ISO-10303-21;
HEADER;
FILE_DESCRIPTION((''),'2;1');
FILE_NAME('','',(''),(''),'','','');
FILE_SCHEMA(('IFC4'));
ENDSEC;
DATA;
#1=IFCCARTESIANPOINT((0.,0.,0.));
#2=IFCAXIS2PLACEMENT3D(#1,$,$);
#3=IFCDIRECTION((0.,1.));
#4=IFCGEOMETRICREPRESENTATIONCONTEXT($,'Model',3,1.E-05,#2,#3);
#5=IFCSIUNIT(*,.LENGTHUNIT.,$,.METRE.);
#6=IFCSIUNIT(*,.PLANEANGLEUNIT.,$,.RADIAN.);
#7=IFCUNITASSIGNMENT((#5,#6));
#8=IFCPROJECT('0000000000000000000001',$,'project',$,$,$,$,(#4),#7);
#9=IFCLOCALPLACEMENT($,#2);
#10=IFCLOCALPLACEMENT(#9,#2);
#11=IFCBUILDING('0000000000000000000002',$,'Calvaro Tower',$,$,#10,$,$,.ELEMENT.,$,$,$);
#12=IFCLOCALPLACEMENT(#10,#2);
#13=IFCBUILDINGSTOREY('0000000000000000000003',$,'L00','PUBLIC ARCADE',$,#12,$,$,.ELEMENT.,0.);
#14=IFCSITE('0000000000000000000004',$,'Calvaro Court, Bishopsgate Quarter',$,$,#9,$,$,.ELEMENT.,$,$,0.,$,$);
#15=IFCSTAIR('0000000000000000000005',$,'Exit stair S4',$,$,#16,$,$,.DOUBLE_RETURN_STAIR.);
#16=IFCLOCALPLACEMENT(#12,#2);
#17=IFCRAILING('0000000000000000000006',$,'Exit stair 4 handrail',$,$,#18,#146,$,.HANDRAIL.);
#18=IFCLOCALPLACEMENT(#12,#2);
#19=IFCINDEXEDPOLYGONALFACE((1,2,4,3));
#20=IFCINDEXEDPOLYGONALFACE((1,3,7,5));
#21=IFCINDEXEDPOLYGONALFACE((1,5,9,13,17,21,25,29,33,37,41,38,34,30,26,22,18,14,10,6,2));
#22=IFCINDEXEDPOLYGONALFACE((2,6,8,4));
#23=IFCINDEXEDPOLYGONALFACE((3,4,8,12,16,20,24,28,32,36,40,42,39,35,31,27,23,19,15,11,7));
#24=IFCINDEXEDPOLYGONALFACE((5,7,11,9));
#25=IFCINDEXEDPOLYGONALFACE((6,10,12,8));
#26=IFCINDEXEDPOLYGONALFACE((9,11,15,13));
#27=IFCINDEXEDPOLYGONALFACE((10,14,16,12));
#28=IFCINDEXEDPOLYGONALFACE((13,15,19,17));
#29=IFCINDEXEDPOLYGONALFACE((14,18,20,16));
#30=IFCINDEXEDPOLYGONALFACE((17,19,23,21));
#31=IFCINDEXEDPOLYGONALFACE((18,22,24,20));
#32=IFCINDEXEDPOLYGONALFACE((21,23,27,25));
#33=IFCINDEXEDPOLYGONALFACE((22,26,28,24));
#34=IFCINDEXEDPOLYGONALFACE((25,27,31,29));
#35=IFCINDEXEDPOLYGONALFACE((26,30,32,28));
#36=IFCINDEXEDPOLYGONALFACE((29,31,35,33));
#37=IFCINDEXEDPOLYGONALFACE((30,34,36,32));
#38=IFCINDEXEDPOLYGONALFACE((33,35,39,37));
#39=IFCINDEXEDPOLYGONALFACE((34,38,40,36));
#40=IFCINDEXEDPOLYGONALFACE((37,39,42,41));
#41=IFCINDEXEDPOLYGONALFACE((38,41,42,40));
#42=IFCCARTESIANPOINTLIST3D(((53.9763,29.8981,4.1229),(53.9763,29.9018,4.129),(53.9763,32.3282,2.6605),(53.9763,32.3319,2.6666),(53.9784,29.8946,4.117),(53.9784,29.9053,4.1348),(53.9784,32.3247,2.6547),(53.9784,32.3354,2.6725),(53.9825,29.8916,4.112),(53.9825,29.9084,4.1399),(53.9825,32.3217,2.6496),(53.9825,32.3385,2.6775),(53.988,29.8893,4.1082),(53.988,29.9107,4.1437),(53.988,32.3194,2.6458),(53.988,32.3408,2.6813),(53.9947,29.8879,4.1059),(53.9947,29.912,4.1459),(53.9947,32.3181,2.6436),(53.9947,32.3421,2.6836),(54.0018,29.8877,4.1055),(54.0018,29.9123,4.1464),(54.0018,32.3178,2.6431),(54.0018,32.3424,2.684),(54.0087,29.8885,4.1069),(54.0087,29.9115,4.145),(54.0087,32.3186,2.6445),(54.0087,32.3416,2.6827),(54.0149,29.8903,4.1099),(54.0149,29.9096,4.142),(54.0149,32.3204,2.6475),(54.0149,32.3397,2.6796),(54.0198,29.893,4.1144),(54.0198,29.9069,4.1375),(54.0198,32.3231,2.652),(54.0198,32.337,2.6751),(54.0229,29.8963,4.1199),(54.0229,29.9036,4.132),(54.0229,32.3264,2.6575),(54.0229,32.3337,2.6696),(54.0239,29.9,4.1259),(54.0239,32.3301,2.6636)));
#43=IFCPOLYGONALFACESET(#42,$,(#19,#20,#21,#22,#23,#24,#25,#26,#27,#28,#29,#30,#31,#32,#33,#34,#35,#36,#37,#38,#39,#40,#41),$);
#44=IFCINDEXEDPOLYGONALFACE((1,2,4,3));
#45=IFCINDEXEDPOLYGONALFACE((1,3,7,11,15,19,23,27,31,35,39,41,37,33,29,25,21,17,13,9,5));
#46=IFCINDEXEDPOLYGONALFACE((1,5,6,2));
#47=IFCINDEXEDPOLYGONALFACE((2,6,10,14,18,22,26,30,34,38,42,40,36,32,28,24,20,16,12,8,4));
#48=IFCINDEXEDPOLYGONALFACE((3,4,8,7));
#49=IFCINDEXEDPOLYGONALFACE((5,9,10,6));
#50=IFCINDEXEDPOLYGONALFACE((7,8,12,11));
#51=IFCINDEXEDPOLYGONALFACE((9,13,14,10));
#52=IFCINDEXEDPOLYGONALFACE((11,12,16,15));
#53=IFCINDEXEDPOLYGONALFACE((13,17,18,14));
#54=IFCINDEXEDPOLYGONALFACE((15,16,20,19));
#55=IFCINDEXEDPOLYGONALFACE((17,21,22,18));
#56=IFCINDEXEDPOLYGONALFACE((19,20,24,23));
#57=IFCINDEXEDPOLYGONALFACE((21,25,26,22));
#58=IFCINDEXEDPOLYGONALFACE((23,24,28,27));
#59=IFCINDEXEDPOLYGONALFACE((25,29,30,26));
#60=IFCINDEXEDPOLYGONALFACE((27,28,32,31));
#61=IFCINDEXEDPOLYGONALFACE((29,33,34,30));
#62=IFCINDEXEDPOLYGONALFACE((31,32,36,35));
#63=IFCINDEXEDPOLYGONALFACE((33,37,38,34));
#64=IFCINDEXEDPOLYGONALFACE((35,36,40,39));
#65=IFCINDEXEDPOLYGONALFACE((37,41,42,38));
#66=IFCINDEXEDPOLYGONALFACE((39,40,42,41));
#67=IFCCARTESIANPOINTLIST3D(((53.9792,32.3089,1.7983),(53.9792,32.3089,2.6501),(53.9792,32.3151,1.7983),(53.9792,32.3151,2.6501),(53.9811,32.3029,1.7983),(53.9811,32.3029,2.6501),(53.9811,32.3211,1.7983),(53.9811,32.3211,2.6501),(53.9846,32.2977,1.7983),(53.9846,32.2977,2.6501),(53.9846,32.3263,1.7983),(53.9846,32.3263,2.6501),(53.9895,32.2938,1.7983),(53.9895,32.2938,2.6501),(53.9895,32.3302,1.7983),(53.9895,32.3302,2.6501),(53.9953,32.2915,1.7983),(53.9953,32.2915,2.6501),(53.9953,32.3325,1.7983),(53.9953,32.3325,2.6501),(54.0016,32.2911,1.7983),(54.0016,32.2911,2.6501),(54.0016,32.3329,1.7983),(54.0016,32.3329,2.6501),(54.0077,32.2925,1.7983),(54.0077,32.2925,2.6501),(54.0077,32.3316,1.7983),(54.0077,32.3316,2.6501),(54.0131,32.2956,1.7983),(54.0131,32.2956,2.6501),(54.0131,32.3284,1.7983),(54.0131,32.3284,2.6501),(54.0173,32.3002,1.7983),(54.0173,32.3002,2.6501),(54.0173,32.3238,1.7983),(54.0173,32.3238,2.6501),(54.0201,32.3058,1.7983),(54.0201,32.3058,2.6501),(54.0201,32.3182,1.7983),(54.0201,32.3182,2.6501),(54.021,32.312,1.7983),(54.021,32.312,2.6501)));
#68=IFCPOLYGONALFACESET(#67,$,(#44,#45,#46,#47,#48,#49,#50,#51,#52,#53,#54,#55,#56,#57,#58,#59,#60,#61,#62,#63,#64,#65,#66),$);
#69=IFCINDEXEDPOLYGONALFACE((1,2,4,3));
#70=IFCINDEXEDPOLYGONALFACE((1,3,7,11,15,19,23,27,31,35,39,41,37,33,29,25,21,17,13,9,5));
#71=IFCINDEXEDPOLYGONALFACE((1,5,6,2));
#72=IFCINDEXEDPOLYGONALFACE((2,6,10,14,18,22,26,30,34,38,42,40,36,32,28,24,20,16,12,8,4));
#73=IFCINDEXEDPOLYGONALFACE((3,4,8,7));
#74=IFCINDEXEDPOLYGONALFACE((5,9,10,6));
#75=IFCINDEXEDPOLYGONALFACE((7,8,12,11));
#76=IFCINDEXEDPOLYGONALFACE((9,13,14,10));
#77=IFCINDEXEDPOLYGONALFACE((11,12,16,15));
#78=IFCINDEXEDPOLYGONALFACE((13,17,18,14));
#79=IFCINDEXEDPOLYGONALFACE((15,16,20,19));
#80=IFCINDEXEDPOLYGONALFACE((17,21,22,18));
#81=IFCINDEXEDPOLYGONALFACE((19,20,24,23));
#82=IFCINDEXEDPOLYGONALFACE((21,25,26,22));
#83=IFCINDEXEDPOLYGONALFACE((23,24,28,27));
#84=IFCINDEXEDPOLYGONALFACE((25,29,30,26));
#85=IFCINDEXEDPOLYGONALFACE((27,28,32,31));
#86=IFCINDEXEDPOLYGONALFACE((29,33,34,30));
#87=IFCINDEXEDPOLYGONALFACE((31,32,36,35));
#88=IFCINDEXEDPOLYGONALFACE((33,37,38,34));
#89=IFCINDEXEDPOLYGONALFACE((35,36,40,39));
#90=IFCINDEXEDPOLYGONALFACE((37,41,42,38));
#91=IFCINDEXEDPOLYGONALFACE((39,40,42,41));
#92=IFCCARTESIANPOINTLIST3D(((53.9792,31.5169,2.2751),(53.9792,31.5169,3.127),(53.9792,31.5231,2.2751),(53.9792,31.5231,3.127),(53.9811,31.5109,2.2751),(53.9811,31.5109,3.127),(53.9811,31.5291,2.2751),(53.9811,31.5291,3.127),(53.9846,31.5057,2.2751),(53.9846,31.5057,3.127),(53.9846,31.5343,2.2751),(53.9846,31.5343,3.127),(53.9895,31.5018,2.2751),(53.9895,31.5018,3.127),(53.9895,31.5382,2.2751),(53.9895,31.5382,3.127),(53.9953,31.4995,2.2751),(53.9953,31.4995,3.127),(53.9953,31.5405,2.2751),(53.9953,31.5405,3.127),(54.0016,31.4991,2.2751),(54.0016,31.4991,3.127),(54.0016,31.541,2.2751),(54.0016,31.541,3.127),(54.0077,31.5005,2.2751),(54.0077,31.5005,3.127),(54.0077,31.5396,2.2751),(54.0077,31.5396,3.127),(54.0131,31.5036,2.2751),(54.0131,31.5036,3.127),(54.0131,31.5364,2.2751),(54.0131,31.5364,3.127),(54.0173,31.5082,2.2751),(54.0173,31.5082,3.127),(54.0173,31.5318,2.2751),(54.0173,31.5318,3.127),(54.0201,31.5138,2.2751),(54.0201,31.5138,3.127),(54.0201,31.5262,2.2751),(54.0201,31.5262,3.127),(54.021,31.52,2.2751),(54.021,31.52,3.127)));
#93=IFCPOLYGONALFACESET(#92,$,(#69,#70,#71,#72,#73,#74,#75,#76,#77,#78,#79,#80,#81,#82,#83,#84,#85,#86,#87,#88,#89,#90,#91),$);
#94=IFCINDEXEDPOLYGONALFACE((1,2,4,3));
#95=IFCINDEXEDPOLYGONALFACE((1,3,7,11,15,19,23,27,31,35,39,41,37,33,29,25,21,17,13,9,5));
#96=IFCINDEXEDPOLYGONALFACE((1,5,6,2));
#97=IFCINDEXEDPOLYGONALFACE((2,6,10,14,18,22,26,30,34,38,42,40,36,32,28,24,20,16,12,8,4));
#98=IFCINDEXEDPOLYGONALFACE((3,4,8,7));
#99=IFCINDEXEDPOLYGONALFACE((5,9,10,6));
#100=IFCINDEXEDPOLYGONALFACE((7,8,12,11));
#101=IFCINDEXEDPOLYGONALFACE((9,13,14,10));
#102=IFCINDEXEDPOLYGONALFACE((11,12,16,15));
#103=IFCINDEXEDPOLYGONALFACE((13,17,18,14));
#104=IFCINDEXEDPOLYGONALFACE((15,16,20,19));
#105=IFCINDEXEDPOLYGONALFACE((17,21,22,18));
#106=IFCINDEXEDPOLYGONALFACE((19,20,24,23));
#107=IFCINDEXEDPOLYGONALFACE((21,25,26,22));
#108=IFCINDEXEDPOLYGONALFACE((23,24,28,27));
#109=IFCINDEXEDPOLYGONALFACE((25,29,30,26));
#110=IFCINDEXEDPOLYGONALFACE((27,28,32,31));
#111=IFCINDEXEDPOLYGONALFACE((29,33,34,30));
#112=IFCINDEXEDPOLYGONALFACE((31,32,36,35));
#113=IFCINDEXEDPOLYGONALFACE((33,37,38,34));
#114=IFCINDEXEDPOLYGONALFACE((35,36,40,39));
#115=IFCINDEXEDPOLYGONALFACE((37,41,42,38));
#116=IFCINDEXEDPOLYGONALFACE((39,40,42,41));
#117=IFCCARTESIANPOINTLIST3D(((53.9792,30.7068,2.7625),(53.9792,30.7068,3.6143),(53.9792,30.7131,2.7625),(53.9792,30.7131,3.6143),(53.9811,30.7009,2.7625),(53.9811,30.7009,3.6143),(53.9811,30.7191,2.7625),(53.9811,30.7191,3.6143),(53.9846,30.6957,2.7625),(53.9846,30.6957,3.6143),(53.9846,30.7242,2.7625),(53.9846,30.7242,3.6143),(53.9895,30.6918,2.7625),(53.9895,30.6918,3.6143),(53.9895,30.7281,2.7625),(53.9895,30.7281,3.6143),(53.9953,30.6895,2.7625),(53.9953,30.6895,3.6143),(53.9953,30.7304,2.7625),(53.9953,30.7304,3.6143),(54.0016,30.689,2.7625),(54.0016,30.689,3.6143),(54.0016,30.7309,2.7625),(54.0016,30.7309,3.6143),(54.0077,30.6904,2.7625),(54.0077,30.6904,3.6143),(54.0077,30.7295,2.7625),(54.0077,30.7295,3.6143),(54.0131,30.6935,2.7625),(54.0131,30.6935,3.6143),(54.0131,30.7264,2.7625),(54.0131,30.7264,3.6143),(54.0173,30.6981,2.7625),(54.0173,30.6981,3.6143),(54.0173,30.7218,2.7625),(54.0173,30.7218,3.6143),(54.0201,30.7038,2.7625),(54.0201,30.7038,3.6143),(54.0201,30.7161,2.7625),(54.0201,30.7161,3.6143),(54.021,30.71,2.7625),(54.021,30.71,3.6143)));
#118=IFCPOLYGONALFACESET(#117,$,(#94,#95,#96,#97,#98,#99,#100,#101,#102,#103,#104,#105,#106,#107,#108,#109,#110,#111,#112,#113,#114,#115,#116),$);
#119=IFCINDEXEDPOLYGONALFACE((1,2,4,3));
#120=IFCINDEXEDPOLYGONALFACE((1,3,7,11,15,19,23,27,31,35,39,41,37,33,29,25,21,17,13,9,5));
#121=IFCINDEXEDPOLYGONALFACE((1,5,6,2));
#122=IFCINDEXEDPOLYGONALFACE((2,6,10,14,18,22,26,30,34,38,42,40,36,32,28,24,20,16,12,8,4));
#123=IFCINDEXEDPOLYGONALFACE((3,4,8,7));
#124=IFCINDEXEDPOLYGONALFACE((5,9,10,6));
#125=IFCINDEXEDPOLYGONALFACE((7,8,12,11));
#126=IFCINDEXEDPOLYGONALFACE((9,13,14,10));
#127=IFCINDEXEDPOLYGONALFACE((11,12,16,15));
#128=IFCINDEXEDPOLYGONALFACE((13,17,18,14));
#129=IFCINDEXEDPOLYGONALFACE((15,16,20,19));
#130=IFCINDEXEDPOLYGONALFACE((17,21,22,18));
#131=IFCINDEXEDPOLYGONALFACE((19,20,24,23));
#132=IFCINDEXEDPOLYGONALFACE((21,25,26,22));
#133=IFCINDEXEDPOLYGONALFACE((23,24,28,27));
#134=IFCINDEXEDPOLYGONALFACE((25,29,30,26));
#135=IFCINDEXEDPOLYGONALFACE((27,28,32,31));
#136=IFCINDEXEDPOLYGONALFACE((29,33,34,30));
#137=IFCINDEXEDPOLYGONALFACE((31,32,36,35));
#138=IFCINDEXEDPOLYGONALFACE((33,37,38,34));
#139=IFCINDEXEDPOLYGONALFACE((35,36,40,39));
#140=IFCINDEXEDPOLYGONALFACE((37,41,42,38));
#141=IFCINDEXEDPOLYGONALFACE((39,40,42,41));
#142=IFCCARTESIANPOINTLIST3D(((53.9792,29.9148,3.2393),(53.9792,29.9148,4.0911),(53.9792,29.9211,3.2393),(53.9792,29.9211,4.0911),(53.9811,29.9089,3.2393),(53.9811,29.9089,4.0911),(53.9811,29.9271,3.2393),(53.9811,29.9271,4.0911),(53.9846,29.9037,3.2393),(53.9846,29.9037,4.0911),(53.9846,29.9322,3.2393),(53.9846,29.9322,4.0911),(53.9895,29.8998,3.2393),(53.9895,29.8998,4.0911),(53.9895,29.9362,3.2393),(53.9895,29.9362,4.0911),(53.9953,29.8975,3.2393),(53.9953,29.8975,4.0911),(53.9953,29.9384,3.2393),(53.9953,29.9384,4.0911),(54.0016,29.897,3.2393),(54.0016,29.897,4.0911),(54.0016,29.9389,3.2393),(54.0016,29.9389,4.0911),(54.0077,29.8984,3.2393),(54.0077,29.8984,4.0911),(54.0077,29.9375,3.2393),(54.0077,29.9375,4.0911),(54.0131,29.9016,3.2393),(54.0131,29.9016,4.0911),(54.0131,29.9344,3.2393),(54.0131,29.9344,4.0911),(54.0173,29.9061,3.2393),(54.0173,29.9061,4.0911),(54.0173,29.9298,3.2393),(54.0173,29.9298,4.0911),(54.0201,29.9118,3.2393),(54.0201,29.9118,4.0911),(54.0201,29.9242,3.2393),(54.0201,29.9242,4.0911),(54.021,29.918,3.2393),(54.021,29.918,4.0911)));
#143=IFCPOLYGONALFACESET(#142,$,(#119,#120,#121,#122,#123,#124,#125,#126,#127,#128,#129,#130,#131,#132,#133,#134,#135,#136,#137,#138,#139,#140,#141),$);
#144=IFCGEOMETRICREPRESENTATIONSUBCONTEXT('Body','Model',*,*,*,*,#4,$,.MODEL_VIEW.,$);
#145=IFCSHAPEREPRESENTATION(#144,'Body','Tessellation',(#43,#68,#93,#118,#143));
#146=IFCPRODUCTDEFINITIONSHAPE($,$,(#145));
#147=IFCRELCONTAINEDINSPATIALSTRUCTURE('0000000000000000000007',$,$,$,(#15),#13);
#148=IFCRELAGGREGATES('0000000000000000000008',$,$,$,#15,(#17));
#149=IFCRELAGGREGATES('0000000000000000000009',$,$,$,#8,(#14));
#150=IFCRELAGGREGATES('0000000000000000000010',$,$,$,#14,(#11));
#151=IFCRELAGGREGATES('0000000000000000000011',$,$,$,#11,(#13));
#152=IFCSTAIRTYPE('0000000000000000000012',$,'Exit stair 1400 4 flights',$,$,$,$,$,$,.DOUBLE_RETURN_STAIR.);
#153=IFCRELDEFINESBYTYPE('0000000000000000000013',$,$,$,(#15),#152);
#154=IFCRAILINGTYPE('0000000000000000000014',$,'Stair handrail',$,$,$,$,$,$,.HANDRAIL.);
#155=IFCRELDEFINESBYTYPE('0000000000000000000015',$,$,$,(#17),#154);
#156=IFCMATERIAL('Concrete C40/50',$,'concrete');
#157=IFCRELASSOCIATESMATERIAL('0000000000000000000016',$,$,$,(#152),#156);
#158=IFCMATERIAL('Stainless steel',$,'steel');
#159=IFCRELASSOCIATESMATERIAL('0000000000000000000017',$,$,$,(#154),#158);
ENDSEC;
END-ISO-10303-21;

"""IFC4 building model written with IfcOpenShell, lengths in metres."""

from ifc_helpers import new_model, si_unit, direction, frame, origin, origin_2d, place, context, subcontext, project, spatial, circle, extrude, material, type_object, element, aggregate, save


model = new_model("IFC4")

# Units and contexts
model_context = context("Model", 3, precision=1e-05, world=origin(), true_north=direction((0.0, 1.0)))
body_context = subcontext(model_context, "Body", "Model", "MODEL_VIEW")
ifc_project = project(units=[si_unit("LENGTHUNIT", "METRE"), si_unit("PLANEANGLEUNIT", "RADIAN")], contexts=[model_context])

# Site, building, storey
site_placement = place(None, origin())
site = spatial("IfcSite", under=ifc_project, at=site_placement, Name="Calvaro Court, Bishopsgate Quarter", CompositionType="ELEMENT", RefElevation=0.0)
building_placement = place(site_placement, origin())
building = spatial("IfcBuilding", under=site, at=building_placement, Name="Calvaro Tower", CompositionType="ELEMENT")
storey_placement = place(building_placement, origin())
storey = spatial("IfcBuildingStorey", under=building, at=storey_placement, Name="L00", Description="PUBLIC ARCADE", CompositionType="ELEMENT", Elevation=0.0)

# Stair
ifc_material_1 = material(Name="Concrete C40/50", Category="concrete")
stair_type = type_object("IfcStairType", Name="Exit stair 1400 4 flights", PredefinedType="DOUBLE_RETURN_STAIR", material=ifc_material_1)
stair_1_placement = place(storey_placement, origin())
stair_1 = element("IfcStair", 1, at=stair_1_placement, inside=storey, type_object=stair_type, Name="Exit stair S4", PredefinedType="DOUBLE_RETURN_STAIR")

# Railing
ifc_material_2 = material(Name="Stainless steel", Category="steel")
railing_type = type_object("IfcRailingType", Name="Stair handrail", PredefinedType="HANDRAIL", material=ifc_material_2)
railing_1_placement = place(storey_placement, frame((54.0, 32.3301, 1.7876)))
railing_1 = element("IfcRailing", 2, at=railing_1_placement, type_object=railing_type, Name="Exit stair 4 handrail", PredefinedType="HANDRAIL", context=body_context, shape_type="SweptSolid", body=[
    extrude(circle(Radius=0.0239, at=origin_2d()), frame((0.0, 0.0, 0.876), z_axis=(0.0, -0.856824, 0.515609), x_axis=(1.0, 0.0, 0.0)), (0.0, 0.0, 1.0), 2.8362),
    extrude(circle(Radius=0.021, at=origin_2d()), frame((0.0, -0.0181, 0.0107)), (0.0, 0.0, 1.0), 0.8518),
    extrude(circle(Radius=0.021, at=origin_2d()), frame((0.0, -0.8101, 0.4875)), (0.0, 0.0, 1.0), 0.8518),
    extrude(circle(Radius=0.021, at=origin_2d()), frame((0.0, -1.6201, 0.9749)), (0.0, 0.0, 1.0), 0.8518),
    extrude(circle(Radius=0.021, at=origin_2d()), frame((0.0, -2.4121, 1.4517)), (0.0, 0.0, 1.0), 0.8518),
])
aggregate(stair_1, [railing_1])

save(model, "model.ifc")
